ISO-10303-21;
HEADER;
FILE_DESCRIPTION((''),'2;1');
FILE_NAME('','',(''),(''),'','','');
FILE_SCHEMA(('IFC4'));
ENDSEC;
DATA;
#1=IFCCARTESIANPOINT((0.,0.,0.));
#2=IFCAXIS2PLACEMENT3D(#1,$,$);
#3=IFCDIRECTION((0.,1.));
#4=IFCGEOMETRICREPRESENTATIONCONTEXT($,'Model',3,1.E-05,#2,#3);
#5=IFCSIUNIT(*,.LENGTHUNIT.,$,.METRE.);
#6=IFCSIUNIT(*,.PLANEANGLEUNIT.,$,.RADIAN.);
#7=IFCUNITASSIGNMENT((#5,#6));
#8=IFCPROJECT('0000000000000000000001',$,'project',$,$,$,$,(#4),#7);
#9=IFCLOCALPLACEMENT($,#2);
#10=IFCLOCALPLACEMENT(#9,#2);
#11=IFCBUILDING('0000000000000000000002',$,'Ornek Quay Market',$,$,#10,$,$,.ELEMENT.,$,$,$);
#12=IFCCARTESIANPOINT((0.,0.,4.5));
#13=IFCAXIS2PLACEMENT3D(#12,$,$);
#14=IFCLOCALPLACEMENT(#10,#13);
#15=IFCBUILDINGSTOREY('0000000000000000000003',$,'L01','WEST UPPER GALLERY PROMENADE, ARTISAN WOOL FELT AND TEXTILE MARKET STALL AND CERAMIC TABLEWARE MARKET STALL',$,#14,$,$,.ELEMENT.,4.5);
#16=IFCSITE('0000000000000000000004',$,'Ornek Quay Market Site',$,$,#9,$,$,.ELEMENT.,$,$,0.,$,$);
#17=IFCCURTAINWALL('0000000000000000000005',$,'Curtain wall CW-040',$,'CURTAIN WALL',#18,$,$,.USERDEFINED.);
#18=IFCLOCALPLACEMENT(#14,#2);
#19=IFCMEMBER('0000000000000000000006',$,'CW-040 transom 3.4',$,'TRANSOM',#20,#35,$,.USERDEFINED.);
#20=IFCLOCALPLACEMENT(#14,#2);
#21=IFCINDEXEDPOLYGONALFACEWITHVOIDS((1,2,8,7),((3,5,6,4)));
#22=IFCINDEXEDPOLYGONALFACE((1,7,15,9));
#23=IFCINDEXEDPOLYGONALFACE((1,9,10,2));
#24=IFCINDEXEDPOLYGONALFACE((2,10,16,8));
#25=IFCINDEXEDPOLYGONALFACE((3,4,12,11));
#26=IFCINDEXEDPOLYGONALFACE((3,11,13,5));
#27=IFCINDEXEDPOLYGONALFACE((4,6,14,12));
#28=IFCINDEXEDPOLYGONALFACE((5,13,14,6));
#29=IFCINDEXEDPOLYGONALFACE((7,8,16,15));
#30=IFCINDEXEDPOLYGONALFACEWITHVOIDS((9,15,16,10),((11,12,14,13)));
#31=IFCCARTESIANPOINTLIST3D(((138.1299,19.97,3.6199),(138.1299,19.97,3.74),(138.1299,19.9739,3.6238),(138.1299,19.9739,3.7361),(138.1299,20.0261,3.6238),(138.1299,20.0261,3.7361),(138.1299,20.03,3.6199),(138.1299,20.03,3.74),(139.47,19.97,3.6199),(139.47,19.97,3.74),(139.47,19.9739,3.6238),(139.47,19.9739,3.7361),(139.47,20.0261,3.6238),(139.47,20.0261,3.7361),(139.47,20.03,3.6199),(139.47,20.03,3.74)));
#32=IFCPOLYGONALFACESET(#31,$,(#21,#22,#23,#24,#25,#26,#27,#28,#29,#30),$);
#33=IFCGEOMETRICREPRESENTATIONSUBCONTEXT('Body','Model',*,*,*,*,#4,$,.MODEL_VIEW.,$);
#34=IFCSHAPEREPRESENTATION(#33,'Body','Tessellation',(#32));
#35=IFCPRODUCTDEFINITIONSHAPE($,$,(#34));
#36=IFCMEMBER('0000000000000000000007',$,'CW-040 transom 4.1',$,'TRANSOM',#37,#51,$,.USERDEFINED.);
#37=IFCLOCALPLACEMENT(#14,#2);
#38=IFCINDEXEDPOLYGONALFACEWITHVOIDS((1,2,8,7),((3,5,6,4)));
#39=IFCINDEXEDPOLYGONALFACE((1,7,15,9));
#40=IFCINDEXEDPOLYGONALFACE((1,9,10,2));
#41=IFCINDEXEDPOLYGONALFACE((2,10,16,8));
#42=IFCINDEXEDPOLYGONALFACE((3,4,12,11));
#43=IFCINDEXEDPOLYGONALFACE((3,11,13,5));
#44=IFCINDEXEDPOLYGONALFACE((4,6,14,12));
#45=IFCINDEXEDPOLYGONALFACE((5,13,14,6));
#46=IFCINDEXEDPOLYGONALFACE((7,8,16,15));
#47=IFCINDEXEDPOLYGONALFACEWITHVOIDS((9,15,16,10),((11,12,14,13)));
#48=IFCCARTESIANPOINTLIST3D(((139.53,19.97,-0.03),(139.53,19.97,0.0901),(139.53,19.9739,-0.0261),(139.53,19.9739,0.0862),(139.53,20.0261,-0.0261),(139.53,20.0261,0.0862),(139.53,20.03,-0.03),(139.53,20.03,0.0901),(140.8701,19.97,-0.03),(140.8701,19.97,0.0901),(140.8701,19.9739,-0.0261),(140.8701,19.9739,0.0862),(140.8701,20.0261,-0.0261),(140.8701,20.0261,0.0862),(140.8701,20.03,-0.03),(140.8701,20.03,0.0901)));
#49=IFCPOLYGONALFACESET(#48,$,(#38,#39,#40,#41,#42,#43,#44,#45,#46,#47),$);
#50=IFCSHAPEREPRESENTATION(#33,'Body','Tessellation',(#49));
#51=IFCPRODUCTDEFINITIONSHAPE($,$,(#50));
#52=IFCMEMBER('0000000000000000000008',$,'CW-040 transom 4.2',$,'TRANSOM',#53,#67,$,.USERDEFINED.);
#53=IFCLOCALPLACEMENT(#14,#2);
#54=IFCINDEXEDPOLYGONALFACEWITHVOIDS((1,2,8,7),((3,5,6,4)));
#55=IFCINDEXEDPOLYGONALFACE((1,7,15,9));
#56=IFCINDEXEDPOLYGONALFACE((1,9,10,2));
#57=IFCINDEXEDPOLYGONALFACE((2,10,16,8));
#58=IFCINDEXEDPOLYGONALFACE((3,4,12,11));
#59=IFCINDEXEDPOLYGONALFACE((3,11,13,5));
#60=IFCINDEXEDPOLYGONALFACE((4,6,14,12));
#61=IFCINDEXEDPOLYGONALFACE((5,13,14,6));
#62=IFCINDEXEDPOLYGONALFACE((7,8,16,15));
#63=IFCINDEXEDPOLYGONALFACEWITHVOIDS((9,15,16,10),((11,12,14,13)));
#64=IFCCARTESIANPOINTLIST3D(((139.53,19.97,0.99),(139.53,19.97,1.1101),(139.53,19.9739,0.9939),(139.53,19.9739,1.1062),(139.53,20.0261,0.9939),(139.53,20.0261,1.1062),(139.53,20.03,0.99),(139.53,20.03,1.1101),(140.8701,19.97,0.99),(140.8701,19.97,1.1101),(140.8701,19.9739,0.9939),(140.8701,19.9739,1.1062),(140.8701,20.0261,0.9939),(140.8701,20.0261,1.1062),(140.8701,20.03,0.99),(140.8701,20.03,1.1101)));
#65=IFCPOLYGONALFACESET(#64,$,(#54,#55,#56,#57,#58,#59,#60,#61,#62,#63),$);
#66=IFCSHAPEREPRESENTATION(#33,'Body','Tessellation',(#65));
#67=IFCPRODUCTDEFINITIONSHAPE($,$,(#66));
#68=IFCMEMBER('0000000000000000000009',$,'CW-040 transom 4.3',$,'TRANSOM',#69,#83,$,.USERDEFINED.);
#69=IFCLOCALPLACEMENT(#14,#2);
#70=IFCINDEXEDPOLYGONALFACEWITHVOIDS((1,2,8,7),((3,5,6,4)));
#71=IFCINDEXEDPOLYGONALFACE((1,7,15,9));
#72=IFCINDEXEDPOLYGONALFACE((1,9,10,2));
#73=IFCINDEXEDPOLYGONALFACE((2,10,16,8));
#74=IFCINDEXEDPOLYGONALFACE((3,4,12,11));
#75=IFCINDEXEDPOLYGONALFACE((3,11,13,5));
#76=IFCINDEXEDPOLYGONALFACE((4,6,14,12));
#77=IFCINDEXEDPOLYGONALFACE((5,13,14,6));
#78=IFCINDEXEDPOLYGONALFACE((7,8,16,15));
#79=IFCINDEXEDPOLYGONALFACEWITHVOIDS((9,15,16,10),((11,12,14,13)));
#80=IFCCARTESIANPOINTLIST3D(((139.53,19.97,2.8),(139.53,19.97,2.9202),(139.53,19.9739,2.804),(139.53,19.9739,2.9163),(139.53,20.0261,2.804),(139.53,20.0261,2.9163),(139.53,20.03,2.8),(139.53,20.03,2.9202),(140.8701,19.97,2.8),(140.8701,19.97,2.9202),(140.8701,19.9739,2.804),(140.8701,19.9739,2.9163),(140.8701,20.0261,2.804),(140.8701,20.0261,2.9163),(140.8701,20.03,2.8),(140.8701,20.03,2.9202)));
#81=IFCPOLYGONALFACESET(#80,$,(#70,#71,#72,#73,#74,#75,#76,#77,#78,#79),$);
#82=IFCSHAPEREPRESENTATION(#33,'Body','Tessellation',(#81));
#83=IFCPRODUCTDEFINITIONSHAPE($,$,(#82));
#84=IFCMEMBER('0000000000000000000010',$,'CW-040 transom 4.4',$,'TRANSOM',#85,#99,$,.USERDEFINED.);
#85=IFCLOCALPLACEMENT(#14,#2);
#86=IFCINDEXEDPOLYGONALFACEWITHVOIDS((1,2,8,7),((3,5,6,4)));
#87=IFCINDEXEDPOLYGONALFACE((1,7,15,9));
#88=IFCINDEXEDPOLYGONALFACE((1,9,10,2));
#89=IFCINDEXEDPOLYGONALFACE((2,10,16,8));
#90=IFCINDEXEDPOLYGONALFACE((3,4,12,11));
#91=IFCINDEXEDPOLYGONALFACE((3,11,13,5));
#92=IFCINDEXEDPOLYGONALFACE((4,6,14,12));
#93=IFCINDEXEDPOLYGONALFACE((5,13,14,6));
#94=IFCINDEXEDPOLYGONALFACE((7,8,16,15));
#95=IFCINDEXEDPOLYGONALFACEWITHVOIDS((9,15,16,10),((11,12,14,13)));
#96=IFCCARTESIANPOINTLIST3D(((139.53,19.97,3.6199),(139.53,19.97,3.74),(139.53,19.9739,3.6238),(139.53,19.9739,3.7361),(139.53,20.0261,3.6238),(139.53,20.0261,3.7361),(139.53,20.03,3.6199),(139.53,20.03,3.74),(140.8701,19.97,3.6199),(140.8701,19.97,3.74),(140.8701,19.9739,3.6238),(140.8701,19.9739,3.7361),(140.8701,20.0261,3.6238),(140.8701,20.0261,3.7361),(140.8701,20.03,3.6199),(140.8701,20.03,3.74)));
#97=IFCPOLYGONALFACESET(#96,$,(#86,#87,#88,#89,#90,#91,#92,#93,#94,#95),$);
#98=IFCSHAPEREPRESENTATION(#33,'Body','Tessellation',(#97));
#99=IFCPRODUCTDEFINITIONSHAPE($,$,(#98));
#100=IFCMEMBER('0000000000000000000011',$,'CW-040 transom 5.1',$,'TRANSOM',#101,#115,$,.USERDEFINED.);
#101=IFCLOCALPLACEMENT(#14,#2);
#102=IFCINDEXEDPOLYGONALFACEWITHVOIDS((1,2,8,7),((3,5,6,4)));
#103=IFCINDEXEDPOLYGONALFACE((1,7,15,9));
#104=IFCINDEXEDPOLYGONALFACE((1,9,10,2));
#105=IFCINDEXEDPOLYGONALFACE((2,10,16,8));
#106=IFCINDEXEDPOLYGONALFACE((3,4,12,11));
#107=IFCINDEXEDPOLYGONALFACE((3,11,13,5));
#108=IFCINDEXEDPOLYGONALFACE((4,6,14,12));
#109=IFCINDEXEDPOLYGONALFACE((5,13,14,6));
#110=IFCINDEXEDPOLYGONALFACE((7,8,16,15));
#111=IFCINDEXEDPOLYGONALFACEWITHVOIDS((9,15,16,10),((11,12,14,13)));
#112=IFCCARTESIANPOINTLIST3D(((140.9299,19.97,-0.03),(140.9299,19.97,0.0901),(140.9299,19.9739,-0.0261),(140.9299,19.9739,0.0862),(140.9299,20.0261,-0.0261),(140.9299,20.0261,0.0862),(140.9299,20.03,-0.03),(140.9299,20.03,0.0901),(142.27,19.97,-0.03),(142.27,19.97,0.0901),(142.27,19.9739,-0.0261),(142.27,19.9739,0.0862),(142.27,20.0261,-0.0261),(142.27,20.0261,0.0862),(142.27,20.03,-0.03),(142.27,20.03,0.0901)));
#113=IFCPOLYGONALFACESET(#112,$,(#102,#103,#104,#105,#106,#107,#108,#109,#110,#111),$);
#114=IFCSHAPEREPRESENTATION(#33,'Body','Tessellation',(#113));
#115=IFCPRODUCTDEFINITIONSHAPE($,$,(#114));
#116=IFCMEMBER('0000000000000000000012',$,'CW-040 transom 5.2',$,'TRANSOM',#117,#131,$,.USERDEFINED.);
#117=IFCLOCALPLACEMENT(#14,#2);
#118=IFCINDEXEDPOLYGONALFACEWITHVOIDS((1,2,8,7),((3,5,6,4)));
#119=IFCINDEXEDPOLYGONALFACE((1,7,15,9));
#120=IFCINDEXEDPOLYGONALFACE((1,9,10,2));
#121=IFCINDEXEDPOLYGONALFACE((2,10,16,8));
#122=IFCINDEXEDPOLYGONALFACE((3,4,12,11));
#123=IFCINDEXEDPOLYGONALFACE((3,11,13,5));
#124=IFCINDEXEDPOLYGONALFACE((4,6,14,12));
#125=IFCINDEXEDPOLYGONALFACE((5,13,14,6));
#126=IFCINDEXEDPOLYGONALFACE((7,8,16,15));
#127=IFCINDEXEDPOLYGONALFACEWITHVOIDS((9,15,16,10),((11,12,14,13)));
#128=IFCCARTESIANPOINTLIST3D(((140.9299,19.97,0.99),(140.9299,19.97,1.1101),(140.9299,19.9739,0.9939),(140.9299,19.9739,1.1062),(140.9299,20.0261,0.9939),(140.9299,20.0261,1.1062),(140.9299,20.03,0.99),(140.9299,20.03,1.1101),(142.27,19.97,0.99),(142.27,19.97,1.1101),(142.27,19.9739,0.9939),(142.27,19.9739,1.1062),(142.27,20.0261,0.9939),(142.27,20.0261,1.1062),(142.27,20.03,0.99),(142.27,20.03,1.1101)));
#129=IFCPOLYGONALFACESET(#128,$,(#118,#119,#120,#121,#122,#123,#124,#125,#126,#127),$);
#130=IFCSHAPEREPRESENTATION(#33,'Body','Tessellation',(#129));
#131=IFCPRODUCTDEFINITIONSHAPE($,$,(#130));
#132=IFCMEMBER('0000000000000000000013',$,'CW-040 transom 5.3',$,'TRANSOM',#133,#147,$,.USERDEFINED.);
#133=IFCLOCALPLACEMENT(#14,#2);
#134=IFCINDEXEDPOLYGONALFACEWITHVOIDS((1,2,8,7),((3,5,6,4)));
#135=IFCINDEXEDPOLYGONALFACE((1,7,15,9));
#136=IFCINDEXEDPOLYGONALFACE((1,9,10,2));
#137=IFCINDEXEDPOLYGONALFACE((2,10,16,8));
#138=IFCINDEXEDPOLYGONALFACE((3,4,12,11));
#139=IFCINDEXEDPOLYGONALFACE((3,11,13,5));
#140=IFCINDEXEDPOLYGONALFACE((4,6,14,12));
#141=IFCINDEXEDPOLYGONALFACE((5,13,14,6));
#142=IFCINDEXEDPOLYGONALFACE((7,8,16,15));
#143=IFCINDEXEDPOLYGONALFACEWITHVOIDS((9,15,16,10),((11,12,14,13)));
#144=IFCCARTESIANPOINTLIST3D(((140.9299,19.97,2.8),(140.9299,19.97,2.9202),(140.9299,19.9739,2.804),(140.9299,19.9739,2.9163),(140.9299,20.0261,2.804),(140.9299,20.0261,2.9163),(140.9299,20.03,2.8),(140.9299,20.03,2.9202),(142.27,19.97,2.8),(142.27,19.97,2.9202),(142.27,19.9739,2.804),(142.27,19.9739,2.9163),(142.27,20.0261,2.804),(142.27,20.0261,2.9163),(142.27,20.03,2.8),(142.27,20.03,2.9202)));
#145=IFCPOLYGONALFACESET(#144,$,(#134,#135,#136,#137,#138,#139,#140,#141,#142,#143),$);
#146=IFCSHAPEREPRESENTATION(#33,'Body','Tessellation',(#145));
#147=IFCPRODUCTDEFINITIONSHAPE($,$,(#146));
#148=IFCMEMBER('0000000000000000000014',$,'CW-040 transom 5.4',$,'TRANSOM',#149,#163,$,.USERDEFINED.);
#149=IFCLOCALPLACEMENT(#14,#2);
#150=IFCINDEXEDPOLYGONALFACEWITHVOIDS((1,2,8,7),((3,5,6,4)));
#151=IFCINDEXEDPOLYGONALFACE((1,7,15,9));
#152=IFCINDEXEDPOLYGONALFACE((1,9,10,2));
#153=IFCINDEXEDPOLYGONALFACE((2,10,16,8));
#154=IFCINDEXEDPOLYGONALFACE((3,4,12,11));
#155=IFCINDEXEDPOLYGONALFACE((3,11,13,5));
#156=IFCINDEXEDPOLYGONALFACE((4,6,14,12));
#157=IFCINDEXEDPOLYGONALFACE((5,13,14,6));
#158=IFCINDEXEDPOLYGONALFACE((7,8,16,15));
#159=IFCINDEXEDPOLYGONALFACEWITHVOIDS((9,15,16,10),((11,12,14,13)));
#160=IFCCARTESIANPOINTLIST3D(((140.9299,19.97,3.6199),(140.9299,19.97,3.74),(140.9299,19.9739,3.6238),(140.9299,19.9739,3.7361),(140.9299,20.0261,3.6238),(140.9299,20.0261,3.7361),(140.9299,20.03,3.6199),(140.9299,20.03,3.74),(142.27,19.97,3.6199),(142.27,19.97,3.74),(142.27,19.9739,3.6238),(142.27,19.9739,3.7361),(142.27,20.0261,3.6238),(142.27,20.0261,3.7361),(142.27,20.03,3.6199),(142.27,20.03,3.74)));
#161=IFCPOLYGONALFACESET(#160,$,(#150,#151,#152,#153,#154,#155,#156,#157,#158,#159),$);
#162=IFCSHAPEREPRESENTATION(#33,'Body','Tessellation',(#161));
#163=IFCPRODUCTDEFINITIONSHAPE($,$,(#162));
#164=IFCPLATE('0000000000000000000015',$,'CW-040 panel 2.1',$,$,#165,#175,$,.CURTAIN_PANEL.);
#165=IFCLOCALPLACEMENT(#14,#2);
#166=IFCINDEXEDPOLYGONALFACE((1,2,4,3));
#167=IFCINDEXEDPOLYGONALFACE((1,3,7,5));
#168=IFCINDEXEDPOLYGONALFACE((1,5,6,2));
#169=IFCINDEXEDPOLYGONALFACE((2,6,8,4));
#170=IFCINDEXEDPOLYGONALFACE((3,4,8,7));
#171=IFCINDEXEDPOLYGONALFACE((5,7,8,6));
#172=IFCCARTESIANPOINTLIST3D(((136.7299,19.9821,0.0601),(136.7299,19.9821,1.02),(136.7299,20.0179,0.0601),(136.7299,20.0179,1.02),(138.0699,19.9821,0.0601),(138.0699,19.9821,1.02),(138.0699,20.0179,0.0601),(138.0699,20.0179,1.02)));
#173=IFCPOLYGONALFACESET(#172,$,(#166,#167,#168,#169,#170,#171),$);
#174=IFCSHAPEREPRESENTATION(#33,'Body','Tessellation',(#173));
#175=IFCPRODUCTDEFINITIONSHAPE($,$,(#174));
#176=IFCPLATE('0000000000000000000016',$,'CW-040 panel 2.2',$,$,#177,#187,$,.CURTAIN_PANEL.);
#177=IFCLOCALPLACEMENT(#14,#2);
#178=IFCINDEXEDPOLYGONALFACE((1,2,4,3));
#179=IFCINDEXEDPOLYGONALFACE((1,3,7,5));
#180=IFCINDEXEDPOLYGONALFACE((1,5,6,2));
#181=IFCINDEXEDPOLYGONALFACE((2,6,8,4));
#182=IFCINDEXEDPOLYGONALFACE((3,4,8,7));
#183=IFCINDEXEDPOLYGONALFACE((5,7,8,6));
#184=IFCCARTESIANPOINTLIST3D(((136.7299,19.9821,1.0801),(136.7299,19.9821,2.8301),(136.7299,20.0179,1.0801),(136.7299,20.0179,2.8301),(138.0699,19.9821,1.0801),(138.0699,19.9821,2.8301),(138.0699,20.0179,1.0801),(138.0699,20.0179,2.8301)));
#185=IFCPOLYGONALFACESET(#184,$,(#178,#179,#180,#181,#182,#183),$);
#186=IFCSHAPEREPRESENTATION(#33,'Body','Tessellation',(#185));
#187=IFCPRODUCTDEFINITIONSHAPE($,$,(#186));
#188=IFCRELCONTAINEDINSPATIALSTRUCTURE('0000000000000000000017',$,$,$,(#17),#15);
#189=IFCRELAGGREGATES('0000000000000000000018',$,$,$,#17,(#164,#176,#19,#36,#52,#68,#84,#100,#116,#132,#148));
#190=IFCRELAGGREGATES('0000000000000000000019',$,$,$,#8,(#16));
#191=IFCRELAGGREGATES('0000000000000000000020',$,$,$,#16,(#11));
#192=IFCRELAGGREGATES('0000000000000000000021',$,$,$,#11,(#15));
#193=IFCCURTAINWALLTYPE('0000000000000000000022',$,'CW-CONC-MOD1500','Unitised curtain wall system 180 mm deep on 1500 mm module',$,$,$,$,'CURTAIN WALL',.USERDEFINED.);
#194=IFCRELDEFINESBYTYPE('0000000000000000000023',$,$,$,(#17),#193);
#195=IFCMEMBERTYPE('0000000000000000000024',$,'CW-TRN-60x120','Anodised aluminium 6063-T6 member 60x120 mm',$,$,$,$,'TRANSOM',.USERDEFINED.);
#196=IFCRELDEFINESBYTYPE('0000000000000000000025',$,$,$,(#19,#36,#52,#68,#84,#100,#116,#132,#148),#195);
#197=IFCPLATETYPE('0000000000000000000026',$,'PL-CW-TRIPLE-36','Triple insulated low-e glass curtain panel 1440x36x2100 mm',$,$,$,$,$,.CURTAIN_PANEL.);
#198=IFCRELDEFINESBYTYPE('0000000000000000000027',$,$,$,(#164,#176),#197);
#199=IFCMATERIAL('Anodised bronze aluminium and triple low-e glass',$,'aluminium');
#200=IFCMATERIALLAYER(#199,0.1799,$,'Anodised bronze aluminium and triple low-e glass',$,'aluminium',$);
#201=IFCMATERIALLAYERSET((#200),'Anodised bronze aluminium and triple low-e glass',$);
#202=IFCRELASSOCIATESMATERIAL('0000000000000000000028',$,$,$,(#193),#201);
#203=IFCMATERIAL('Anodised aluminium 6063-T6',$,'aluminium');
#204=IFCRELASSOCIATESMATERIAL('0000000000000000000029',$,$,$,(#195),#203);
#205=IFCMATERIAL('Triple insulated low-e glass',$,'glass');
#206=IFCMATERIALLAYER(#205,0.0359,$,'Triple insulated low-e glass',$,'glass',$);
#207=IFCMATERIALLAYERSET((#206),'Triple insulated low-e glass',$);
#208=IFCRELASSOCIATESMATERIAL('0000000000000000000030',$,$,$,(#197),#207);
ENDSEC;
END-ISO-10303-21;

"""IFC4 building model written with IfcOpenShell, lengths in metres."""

from ifc_helpers import new_model, si_unit, direction, frame, origin, origin_2d, place, context, subcontext, project, spatial, rectangle, hollow_rectangle, extrude, material, layer, layer_set, material_profile, profile_set, type_object, element, aggregate, save


model = new_model("IFC4")

# Units and contexts
model_context = context("Model", 3, precision=1e-05, world=origin(), true_north=direction((0.0, 1.0)))
body_context = subcontext(model_context, "Body", "Model", "MODEL_VIEW")
ifc_project = project(units=[si_unit("LENGTHUNIT", "METRE"), si_unit("PLANEANGLEUNIT", "RADIAN")], contexts=[model_context])

# Site, building, storey
site_placement = place(None, origin())
site = spatial("IfcSite", under=ifc_project, at=site_placement, Name="Ornek Quay Market Site", CompositionType="ELEMENT", RefElevation=0.0)
building_placement = place(site_placement, origin())
building = spatial("IfcBuilding", under=site, at=building_placement, Name="Ornek Quay Market", CompositionType="ELEMENT")
storey_placement = place(building_placement, frame((0.0, 0.0, 4.5)))
storey = spatial("IfcBuildingStorey", under=building, at=storey_placement, Name="L01", Description="WEST UPPER GALLERY PROMENADE, ARTISAN WOOL FELT AND TEXTILE MARKET STALL AND CERAMIC TABLEWARE MARKET STALL", CompositionType="ELEMENT", Elevation=4.5)

# Curtain wall, members, plates
ifc_material_1 = material(Name="Anodised bronze aluminium and triple low-e glass", Category="aluminium")
ifc_layer_1 = layer(ifc_material_1, 0.1799, Name="Anodised bronze aluminium and triple low-e glass", Category="aluminium")
ifc_layer_set_1 = layer_set([ifc_layer_1], Name="Anodised bronze aluminium and triple low-e glass")
curtain_wall_type = type_object("IfcCurtainWallType", Name="CW-CONC-MOD1500", Description="Unitised curtain wall system 180 mm deep on 1500 mm module", ElementType="CURTAIN WALL", PredefinedType="USERDEFINED", material=ifc_layer_set_1)
curtain_wall_placement = place(storey_placement, origin())
curtain_wall = element("IfcCurtainWall", 1, at=curtain_wall_placement, inside=storey, type_object=curtain_wall_type, Name="Curtain wall CW-040", ObjectType="CURTAIN WALL", PredefinedType="USERDEFINED")
ifc_material_2 = material(Name="Anodised aluminium 6063-T6", Category="aluminium")
ifc_material_profile_1 = material_profile(ifc_material_2, hollow_rectangle(XDim=0.0601, YDim=0.1201, WallThickness=0.0039, at=origin_2d()), Name="CW-TRN-60x120", Category="aluminium")
ifc_profile_set_1 = profile_set([ifc_material_profile_1], Name="Anodised aluminium 6063-T6")
member_type_1 = type_object("IfcMemberType", Name="CW-TRN-60x120", Description="Anodised aluminium 6063-T6 member 60x120 mm", ElementType="TRANSOM", PredefinedType="USERDEFINED", material=ifc_profile_set_1)
member_1_placement = place(storey_placement, frame((138.1299, 20.0, 3.6799), z_axis=(1.0, 0.0, 0.0), x_axis=(0.0, 1.0, 0.0)))
member_1 = element("IfcMember", 2, at=member_1_placement, type_object=member_type_1, Name="CW-040 transom 3.4", ObjectType="TRANSOM", PredefinedType="USERDEFINED", context=body_context, shape_type="SweptSolid", body=[
    extrude(hollow_rectangle(XDim=0.0601, YDim=0.1201, WallThickness=0.0039, at=origin_2d()), origin(), (0.0, 0.0, 1.0), 1.3401),
])
member_2_placement = place(storey_placement, frame((139.53, 20.0, 0.03), z_axis=(1.0, 0.0, 0.0), x_axis=(0.0, 1.0, 0.0)))
member_2 = element("IfcMember", 3, at=member_2_placement, type_object=member_type_1, Name="CW-040 transom 4.1", ObjectType="TRANSOM", PredefinedType="USERDEFINED", context=body_context, shape_type="SweptSolid", body=[
    extrude(hollow_rectangle(XDim=0.0601, YDim=0.1201, WallThickness=0.0039, at=origin_2d()), origin(), (0.0, 0.0, 1.0), 1.3401),
])
member_3_placement = place(storey_placement, frame((139.53, 20.0, 1.05), z_axis=(1.0, 0.0, 0.0), x_axis=(0.0, 1.0, 0.0)))
member_3 = element("IfcMember", 4, at=member_3_placement, type_object=member_type_1, Name="CW-040 transom 4.2", ObjectType="TRANSOM", PredefinedType="USERDEFINED", context=body_context, shape_type="SweptSolid", body=[
    extrude(hollow_rectangle(XDim=0.0601, YDim=0.1201, WallThickness=0.0039, at=origin_2d()), origin(), (0.0, 0.0, 1.0), 1.3401),
])
member_4_placement = place(storey_placement, frame((139.53, 20.0, 2.8601), z_axis=(1.0, 0.0, 0.0), x_axis=(0.0, 1.0, 0.0)))
member_4 = element("IfcMember", 5, at=member_4_placement, type_object=member_type_1, Name="CW-040 transom 4.3", ObjectType="TRANSOM", PredefinedType="USERDEFINED", context=body_context, shape_type="SweptSolid", body=[
    extrude(hollow_rectangle(XDim=0.0601, YDim=0.1201, WallThickness=0.0039, at=origin_2d()), origin(), (0.0, 0.0, 1.0), 1.3401),
])
member_5_placement = place(storey_placement, frame((139.53, 20.0, 3.6799), z_axis=(1.0, 0.0, 0.0), x_axis=(0.0, 1.0, 0.0)))
member_5 = element("IfcMember", 6, at=member_5_placement, type_object=member_type_1, Name="CW-040 transom 4.4", ObjectType="TRANSOM", PredefinedType="USERDEFINED", context=body_context, shape_type="SweptSolid", body=[
    extrude(hollow_rectangle(XDim=0.0601, YDim=0.1201, WallThickness=0.0039, at=origin_2d()), origin(), (0.0, 0.0, 1.0), 1.3401),
])
member_6_placement = place(storey_placement, frame((140.9299, 20.0, 0.03), z_axis=(1.0, 0.0, 0.0), x_axis=(0.0, 1.0, 0.0)))
member_6 = element("IfcMember", 7, at=member_6_placement, type_object=member_type_1, Name="CW-040 transom 5.1", ObjectType="TRANSOM", PredefinedType="USERDEFINED", context=body_context, shape_type="SweptSolid", body=[
    extrude(hollow_rectangle(XDim=0.0601, YDim=0.1201, WallThickness=0.0039, at=origin_2d()), origin(), (0.0, 0.0, 1.0), 1.3401),
])
member_7_placement = place(storey_placement, frame((140.9299, 20.0, 1.05), z_axis=(1.0, 0.0, 0.0), x_axis=(0.0, 1.0, 0.0)))
member_7 = element("IfcMember", 8, at=member_7_placement, type_object=member_type_1, Name="CW-040 transom 5.2", ObjectType="TRANSOM", PredefinedType="USERDEFINED", context=body_context, shape_type="SweptSolid", body=[
    extrude(hollow_rectangle(XDim=0.0601, YDim=0.1201, WallThickness=0.0039, at=origin_2d()), origin(), (0.0, 0.0, 1.0), 1.3401),
])
member_8_placement = place(storey_placement, frame((140.9299, 20.0, 2.8601), z_axis=(1.0, 0.0, 0.0), x_axis=(0.0, 1.0, 0.0)))
member_8 = element("IfcMember", 9, at=member_8_placement, type_object=member_type_1, Name="CW-040 transom 5.3", ObjectType="TRANSOM", PredefinedType="USERDEFINED", context=body_context, shape_type="SweptSolid", body=[
    extrude(hollow_rectangle(XDim=0.0601, YDim=0.1201, WallThickness=0.0039, at=origin_2d()), origin(), (0.0, 0.0, 1.0), 1.3401),
])
member_9_placement = place(storey_placement, frame((140.9299, 20.0, 3.6799), z_axis=(1.0, 0.0, 0.0), x_axis=(0.0, 1.0, 0.0)))
member_9 = element("IfcMember", 10, at=member_9_placement, type_object=member_type_1, Name="CW-040 transom 5.4", ObjectType="TRANSOM", PredefinedType="USERDEFINED", context=body_context, shape_type="SweptSolid", body=[
    extrude(hollow_rectangle(XDim=0.0601, YDim=0.1201, WallThickness=0.0039, at=origin_2d()), origin(), (0.0, 0.0, 1.0), 1.3401),
])
ifc_material_3 = material(Name="Triple insulated low-e glass", Category="glass")
ifc_layer_2 = layer(ifc_material_3, 0.0359, Name="Triple insulated low-e glass", Category="glass")
ifc_layer_set_2 = layer_set([ifc_layer_2], Name="Triple insulated low-e glass")
plate_type = type_object("IfcPlateType", Name="PL-CW-TRIPLE-36", Description="Triple insulated low-e glass curtain panel 1440x36x2100 mm", PredefinedType="CURTAIN_PANEL", material=ifc_layer_set_2)
plate_1_placement = place(storey_placement, frame((137.3999, 20.0, 0.0601), z_axis=(0.0, 0.0, 1.0), x_axis=(1.0, 0.0, 0.0)))
plate_1 = element("IfcPlate", 11, at=plate_1_placement, type_object=plate_type, Name="CW-040 panel 2.1", PredefinedType="CURTAIN_PANEL", context=body_context, shape_type="SweptSolid", body=[
    extrude(rectangle(XDim=1.3401, YDim=0.0359, at=origin_2d()), origin(), (0.0, 0.0, 1.0), 0.96),
])
plate_2_placement = place(storey_placement, frame((137.3999, 20.0, 1.0801), z_axis=(0.0, 0.0, 1.0), x_axis=(1.0, 0.0, 0.0)))
plate_2 = element("IfcPlate", 12, at=plate_2_placement, type_object=plate_type, Name="CW-040 panel 2.2", PredefinedType="CURTAIN_PANEL", context=body_context, shape_type="SweptSolid", body=[
    extrude(rectangle(XDim=1.3401, YDim=0.0359, at=origin_2d()), origin(), (0.0, 0.0, 1.0), 1.75),
])
aggregate(curtain_wall, [plate_1, plate_2, member_1, member_2, member_3, member_4, member_5, member_6, member_7, member_8, member_9])

save(model, "model.ifc")
